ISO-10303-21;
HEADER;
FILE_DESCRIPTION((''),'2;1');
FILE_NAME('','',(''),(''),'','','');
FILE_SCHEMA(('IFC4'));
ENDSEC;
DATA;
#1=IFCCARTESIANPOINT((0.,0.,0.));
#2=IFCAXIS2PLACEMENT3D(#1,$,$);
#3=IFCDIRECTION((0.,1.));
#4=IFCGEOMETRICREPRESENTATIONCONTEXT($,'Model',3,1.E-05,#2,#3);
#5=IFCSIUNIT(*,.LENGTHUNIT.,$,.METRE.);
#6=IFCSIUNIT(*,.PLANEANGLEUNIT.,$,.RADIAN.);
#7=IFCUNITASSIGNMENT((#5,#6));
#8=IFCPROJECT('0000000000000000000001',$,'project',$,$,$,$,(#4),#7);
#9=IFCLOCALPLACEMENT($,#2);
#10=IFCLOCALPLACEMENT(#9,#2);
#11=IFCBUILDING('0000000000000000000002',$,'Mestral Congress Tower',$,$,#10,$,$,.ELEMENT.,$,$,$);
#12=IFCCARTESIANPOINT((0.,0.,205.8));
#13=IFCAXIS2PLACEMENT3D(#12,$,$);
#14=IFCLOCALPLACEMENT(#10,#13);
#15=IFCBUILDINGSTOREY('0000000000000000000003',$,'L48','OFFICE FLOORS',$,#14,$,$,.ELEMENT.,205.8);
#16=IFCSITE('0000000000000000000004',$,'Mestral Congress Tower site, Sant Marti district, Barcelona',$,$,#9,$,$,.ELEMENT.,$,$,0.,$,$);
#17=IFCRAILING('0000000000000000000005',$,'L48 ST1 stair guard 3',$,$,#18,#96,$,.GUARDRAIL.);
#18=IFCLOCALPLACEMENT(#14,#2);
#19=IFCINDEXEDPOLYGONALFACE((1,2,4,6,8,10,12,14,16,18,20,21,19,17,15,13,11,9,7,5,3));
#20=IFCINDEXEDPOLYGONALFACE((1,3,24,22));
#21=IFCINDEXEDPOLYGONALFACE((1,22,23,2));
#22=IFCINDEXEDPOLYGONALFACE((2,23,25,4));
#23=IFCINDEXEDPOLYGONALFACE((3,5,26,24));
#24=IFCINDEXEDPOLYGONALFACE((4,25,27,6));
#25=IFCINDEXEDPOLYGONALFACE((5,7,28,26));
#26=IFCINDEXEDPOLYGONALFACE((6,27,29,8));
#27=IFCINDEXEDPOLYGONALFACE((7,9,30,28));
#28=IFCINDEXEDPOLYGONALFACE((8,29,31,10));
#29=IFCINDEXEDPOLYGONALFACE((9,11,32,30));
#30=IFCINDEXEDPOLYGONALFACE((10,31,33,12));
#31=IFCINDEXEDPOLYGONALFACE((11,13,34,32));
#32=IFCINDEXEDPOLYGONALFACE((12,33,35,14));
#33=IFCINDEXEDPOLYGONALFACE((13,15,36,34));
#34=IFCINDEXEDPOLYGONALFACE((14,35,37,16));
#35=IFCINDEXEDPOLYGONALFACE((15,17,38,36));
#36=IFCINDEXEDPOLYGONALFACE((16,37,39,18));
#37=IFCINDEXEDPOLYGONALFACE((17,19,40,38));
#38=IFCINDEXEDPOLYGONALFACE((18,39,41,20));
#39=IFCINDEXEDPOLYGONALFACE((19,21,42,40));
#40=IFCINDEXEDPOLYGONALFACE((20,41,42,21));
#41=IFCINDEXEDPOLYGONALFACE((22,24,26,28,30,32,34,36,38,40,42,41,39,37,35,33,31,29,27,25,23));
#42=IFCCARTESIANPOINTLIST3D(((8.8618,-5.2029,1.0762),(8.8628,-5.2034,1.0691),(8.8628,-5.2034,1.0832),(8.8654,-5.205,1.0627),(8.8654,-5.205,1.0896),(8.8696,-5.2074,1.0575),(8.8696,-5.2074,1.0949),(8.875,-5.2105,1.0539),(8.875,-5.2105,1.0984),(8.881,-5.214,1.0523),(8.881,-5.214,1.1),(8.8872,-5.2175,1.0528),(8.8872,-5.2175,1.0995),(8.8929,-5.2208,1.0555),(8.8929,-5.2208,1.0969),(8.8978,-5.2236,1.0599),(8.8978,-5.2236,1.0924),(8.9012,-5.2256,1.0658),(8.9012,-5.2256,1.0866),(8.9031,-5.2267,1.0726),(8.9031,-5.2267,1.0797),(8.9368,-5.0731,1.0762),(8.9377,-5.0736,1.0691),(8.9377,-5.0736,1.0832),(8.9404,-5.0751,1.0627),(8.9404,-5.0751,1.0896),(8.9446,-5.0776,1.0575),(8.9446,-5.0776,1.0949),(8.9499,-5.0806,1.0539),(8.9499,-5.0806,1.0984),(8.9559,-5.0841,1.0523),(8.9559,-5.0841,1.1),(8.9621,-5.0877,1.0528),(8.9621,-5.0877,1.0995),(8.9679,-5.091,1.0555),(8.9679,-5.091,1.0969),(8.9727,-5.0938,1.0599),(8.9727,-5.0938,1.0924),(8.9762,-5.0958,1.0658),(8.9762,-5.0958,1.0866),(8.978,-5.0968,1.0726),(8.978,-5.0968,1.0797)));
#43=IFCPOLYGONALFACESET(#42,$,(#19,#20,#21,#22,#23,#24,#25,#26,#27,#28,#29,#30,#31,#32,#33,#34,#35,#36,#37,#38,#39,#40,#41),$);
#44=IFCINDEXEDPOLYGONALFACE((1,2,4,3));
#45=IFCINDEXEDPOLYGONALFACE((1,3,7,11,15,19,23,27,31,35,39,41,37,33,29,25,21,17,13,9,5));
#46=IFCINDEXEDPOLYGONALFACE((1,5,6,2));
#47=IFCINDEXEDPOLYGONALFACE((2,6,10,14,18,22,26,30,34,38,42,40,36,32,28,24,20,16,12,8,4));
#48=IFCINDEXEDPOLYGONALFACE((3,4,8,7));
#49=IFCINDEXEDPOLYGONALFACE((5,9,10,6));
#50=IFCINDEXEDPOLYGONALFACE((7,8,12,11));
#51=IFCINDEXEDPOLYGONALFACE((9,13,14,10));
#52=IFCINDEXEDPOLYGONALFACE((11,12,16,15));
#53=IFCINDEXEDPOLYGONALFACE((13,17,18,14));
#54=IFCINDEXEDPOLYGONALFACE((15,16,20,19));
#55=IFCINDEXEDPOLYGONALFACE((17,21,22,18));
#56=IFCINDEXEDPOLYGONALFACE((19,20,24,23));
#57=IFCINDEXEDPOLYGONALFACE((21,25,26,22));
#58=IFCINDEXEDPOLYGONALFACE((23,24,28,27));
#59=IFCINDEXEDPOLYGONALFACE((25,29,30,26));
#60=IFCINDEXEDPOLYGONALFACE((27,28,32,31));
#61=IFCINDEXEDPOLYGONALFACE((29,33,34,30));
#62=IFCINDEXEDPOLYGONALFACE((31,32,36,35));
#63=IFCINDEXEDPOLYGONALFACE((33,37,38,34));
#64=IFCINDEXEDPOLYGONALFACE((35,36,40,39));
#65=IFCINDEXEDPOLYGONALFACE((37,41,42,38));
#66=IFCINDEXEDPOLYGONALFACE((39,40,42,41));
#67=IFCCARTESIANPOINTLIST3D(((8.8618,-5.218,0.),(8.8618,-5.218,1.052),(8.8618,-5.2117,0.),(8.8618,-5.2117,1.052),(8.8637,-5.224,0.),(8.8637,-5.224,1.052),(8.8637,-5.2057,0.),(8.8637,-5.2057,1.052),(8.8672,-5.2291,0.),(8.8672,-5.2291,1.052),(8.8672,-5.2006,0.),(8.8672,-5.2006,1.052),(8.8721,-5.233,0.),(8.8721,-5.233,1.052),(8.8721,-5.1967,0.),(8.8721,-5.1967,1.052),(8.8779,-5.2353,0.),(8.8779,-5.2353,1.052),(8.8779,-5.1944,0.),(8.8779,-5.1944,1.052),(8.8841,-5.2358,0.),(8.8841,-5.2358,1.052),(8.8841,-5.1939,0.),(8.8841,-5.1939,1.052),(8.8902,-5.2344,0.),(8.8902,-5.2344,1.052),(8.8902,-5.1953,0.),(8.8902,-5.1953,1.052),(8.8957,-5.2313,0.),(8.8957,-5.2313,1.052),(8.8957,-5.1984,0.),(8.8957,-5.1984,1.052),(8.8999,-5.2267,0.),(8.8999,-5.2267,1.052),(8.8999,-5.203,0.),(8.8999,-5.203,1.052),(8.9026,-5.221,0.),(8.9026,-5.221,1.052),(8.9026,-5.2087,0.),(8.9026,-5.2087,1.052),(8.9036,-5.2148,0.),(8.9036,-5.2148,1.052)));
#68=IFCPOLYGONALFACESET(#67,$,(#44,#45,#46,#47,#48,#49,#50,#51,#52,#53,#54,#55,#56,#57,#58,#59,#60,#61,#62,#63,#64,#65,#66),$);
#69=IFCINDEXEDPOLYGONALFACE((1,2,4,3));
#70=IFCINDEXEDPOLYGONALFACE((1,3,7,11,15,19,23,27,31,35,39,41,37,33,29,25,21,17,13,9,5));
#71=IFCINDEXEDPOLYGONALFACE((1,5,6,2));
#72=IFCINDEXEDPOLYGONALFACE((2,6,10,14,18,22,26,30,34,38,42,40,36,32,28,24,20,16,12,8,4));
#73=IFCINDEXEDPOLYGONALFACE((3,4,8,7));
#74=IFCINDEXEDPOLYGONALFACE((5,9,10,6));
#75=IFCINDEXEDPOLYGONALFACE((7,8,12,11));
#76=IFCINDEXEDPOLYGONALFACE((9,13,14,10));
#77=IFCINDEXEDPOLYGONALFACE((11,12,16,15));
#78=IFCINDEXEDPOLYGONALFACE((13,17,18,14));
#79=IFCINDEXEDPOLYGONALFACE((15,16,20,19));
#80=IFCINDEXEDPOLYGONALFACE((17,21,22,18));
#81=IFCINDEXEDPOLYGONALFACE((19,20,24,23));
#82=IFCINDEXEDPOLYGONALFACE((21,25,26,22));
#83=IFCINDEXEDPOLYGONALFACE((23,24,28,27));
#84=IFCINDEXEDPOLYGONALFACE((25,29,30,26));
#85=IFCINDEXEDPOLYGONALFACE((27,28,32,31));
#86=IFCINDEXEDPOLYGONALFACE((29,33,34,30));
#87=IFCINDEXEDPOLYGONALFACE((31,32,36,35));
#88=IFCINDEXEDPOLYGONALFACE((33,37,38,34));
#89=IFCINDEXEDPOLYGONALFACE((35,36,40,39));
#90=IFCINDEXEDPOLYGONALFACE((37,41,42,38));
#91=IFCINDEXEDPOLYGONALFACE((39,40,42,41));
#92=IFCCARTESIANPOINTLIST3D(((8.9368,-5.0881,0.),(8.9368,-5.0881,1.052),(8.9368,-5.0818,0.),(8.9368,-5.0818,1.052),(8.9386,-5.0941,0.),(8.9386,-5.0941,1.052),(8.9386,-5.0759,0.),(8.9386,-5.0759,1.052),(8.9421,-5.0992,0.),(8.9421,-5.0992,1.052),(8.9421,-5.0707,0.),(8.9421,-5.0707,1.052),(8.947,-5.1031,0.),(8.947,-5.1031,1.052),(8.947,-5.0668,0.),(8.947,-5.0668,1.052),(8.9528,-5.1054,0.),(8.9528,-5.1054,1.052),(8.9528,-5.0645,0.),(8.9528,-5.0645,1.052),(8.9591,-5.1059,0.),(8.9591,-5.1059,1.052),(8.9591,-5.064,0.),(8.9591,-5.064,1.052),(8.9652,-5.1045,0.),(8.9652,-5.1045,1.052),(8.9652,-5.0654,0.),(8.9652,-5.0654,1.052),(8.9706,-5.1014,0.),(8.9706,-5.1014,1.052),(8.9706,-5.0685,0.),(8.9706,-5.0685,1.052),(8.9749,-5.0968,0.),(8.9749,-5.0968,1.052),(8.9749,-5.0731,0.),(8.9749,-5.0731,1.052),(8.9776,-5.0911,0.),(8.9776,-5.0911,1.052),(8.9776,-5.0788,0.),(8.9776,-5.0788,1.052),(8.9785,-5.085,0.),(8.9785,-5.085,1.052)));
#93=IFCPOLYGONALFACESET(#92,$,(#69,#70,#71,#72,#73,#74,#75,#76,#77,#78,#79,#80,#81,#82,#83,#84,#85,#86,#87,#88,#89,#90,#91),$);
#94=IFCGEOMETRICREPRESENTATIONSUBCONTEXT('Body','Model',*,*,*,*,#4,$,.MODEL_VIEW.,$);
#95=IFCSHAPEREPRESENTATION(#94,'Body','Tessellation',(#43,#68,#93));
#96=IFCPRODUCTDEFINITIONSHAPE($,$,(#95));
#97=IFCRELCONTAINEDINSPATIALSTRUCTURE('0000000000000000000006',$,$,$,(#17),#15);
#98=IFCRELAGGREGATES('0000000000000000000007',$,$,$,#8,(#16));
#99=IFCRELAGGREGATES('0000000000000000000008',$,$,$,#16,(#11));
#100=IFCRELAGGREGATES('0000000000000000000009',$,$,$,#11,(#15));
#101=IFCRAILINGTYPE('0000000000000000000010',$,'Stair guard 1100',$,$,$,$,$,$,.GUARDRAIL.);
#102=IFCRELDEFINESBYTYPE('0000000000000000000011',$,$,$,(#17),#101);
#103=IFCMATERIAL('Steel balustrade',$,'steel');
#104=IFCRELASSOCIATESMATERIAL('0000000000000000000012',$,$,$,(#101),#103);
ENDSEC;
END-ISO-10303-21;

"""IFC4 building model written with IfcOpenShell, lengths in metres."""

from ifc_helpers import new_model, si_unit, direction, frame, origin, origin_2d, place, context, subcontext, project, spatial, circle, extrude, material, type_object, element, save


model = new_model("IFC4")

# Units and contexts
model_context = context("Model", 3, precision=1e-05, world=origin(), true_north=direction((0.0, 1.0)))
body_context = subcontext(model_context, "Body", "Model", "MODEL_VIEW")
ifc_project = project(units=[si_unit("LENGTHUNIT", "METRE"), si_unit("PLANEANGLEUNIT", "RADIAN")], contexts=[model_context])

# Site, building, storey
site_placement = place(None, origin())
site = spatial("IfcSite", under=ifc_project, at=site_placement, Name="Mestral Congress Tower site, Sant Marti district, Barcelona", CompositionType="ELEMENT", RefElevation=0.0)
building_placement = place(site_placement, origin())
building = spatial("IfcBuilding", under=site, at=building_placement, Name="Mestral Congress Tower", CompositionType="ELEMENT")
storey_placement = place(building_placement, frame((0.0, 0.0, 205.8)))
storey = spatial("IfcBuildingStorey", under=building, at=storey_placement, Name="L48", Description="OFFICE FLOORS", CompositionType="ELEMENT", Elevation=205.8)

# Railing
ifc_material_1 = material(Name="Steel balustrade", Category="steel")
railing_type = type_object("IfcRailingType", Name="Stair guard 1100", PredefinedType="GUARDRAIL", material=ifc_material_1)
railing_1_placement = place(storey_placement, frame((8.8826, -5.2148, 0.0)))
element("IfcRailing", 1, at=railing_1_placement, inside=storey, type_object=railing_type, Name="L48 ST1 stair guard 3", PredefinedType="GUARDRAIL", context=body_context, shape_type="SweptSolid", body=[
    extrude(circle(Radius=0.0239, at=origin_2d()), frame((0.0, 0.0, 1.0762), z_axis=(0.499816, 0.866131, 0.0), x_axis=(-0.866131, 0.499816, 0.0)), (0.0, 0.0, 1.0), 0.1499),
    extrude(circle(Radius=0.021, at=origin_2d()), origin(), (0.0, 0.0, 1.0), 1.052),
    extrude(circle(Radius=0.021, at=origin_2d()), frame((0.075, 0.1299, 0.0)), (0.0, 0.0, 1.0), 1.052),
])

save(model, "model.ifc")
